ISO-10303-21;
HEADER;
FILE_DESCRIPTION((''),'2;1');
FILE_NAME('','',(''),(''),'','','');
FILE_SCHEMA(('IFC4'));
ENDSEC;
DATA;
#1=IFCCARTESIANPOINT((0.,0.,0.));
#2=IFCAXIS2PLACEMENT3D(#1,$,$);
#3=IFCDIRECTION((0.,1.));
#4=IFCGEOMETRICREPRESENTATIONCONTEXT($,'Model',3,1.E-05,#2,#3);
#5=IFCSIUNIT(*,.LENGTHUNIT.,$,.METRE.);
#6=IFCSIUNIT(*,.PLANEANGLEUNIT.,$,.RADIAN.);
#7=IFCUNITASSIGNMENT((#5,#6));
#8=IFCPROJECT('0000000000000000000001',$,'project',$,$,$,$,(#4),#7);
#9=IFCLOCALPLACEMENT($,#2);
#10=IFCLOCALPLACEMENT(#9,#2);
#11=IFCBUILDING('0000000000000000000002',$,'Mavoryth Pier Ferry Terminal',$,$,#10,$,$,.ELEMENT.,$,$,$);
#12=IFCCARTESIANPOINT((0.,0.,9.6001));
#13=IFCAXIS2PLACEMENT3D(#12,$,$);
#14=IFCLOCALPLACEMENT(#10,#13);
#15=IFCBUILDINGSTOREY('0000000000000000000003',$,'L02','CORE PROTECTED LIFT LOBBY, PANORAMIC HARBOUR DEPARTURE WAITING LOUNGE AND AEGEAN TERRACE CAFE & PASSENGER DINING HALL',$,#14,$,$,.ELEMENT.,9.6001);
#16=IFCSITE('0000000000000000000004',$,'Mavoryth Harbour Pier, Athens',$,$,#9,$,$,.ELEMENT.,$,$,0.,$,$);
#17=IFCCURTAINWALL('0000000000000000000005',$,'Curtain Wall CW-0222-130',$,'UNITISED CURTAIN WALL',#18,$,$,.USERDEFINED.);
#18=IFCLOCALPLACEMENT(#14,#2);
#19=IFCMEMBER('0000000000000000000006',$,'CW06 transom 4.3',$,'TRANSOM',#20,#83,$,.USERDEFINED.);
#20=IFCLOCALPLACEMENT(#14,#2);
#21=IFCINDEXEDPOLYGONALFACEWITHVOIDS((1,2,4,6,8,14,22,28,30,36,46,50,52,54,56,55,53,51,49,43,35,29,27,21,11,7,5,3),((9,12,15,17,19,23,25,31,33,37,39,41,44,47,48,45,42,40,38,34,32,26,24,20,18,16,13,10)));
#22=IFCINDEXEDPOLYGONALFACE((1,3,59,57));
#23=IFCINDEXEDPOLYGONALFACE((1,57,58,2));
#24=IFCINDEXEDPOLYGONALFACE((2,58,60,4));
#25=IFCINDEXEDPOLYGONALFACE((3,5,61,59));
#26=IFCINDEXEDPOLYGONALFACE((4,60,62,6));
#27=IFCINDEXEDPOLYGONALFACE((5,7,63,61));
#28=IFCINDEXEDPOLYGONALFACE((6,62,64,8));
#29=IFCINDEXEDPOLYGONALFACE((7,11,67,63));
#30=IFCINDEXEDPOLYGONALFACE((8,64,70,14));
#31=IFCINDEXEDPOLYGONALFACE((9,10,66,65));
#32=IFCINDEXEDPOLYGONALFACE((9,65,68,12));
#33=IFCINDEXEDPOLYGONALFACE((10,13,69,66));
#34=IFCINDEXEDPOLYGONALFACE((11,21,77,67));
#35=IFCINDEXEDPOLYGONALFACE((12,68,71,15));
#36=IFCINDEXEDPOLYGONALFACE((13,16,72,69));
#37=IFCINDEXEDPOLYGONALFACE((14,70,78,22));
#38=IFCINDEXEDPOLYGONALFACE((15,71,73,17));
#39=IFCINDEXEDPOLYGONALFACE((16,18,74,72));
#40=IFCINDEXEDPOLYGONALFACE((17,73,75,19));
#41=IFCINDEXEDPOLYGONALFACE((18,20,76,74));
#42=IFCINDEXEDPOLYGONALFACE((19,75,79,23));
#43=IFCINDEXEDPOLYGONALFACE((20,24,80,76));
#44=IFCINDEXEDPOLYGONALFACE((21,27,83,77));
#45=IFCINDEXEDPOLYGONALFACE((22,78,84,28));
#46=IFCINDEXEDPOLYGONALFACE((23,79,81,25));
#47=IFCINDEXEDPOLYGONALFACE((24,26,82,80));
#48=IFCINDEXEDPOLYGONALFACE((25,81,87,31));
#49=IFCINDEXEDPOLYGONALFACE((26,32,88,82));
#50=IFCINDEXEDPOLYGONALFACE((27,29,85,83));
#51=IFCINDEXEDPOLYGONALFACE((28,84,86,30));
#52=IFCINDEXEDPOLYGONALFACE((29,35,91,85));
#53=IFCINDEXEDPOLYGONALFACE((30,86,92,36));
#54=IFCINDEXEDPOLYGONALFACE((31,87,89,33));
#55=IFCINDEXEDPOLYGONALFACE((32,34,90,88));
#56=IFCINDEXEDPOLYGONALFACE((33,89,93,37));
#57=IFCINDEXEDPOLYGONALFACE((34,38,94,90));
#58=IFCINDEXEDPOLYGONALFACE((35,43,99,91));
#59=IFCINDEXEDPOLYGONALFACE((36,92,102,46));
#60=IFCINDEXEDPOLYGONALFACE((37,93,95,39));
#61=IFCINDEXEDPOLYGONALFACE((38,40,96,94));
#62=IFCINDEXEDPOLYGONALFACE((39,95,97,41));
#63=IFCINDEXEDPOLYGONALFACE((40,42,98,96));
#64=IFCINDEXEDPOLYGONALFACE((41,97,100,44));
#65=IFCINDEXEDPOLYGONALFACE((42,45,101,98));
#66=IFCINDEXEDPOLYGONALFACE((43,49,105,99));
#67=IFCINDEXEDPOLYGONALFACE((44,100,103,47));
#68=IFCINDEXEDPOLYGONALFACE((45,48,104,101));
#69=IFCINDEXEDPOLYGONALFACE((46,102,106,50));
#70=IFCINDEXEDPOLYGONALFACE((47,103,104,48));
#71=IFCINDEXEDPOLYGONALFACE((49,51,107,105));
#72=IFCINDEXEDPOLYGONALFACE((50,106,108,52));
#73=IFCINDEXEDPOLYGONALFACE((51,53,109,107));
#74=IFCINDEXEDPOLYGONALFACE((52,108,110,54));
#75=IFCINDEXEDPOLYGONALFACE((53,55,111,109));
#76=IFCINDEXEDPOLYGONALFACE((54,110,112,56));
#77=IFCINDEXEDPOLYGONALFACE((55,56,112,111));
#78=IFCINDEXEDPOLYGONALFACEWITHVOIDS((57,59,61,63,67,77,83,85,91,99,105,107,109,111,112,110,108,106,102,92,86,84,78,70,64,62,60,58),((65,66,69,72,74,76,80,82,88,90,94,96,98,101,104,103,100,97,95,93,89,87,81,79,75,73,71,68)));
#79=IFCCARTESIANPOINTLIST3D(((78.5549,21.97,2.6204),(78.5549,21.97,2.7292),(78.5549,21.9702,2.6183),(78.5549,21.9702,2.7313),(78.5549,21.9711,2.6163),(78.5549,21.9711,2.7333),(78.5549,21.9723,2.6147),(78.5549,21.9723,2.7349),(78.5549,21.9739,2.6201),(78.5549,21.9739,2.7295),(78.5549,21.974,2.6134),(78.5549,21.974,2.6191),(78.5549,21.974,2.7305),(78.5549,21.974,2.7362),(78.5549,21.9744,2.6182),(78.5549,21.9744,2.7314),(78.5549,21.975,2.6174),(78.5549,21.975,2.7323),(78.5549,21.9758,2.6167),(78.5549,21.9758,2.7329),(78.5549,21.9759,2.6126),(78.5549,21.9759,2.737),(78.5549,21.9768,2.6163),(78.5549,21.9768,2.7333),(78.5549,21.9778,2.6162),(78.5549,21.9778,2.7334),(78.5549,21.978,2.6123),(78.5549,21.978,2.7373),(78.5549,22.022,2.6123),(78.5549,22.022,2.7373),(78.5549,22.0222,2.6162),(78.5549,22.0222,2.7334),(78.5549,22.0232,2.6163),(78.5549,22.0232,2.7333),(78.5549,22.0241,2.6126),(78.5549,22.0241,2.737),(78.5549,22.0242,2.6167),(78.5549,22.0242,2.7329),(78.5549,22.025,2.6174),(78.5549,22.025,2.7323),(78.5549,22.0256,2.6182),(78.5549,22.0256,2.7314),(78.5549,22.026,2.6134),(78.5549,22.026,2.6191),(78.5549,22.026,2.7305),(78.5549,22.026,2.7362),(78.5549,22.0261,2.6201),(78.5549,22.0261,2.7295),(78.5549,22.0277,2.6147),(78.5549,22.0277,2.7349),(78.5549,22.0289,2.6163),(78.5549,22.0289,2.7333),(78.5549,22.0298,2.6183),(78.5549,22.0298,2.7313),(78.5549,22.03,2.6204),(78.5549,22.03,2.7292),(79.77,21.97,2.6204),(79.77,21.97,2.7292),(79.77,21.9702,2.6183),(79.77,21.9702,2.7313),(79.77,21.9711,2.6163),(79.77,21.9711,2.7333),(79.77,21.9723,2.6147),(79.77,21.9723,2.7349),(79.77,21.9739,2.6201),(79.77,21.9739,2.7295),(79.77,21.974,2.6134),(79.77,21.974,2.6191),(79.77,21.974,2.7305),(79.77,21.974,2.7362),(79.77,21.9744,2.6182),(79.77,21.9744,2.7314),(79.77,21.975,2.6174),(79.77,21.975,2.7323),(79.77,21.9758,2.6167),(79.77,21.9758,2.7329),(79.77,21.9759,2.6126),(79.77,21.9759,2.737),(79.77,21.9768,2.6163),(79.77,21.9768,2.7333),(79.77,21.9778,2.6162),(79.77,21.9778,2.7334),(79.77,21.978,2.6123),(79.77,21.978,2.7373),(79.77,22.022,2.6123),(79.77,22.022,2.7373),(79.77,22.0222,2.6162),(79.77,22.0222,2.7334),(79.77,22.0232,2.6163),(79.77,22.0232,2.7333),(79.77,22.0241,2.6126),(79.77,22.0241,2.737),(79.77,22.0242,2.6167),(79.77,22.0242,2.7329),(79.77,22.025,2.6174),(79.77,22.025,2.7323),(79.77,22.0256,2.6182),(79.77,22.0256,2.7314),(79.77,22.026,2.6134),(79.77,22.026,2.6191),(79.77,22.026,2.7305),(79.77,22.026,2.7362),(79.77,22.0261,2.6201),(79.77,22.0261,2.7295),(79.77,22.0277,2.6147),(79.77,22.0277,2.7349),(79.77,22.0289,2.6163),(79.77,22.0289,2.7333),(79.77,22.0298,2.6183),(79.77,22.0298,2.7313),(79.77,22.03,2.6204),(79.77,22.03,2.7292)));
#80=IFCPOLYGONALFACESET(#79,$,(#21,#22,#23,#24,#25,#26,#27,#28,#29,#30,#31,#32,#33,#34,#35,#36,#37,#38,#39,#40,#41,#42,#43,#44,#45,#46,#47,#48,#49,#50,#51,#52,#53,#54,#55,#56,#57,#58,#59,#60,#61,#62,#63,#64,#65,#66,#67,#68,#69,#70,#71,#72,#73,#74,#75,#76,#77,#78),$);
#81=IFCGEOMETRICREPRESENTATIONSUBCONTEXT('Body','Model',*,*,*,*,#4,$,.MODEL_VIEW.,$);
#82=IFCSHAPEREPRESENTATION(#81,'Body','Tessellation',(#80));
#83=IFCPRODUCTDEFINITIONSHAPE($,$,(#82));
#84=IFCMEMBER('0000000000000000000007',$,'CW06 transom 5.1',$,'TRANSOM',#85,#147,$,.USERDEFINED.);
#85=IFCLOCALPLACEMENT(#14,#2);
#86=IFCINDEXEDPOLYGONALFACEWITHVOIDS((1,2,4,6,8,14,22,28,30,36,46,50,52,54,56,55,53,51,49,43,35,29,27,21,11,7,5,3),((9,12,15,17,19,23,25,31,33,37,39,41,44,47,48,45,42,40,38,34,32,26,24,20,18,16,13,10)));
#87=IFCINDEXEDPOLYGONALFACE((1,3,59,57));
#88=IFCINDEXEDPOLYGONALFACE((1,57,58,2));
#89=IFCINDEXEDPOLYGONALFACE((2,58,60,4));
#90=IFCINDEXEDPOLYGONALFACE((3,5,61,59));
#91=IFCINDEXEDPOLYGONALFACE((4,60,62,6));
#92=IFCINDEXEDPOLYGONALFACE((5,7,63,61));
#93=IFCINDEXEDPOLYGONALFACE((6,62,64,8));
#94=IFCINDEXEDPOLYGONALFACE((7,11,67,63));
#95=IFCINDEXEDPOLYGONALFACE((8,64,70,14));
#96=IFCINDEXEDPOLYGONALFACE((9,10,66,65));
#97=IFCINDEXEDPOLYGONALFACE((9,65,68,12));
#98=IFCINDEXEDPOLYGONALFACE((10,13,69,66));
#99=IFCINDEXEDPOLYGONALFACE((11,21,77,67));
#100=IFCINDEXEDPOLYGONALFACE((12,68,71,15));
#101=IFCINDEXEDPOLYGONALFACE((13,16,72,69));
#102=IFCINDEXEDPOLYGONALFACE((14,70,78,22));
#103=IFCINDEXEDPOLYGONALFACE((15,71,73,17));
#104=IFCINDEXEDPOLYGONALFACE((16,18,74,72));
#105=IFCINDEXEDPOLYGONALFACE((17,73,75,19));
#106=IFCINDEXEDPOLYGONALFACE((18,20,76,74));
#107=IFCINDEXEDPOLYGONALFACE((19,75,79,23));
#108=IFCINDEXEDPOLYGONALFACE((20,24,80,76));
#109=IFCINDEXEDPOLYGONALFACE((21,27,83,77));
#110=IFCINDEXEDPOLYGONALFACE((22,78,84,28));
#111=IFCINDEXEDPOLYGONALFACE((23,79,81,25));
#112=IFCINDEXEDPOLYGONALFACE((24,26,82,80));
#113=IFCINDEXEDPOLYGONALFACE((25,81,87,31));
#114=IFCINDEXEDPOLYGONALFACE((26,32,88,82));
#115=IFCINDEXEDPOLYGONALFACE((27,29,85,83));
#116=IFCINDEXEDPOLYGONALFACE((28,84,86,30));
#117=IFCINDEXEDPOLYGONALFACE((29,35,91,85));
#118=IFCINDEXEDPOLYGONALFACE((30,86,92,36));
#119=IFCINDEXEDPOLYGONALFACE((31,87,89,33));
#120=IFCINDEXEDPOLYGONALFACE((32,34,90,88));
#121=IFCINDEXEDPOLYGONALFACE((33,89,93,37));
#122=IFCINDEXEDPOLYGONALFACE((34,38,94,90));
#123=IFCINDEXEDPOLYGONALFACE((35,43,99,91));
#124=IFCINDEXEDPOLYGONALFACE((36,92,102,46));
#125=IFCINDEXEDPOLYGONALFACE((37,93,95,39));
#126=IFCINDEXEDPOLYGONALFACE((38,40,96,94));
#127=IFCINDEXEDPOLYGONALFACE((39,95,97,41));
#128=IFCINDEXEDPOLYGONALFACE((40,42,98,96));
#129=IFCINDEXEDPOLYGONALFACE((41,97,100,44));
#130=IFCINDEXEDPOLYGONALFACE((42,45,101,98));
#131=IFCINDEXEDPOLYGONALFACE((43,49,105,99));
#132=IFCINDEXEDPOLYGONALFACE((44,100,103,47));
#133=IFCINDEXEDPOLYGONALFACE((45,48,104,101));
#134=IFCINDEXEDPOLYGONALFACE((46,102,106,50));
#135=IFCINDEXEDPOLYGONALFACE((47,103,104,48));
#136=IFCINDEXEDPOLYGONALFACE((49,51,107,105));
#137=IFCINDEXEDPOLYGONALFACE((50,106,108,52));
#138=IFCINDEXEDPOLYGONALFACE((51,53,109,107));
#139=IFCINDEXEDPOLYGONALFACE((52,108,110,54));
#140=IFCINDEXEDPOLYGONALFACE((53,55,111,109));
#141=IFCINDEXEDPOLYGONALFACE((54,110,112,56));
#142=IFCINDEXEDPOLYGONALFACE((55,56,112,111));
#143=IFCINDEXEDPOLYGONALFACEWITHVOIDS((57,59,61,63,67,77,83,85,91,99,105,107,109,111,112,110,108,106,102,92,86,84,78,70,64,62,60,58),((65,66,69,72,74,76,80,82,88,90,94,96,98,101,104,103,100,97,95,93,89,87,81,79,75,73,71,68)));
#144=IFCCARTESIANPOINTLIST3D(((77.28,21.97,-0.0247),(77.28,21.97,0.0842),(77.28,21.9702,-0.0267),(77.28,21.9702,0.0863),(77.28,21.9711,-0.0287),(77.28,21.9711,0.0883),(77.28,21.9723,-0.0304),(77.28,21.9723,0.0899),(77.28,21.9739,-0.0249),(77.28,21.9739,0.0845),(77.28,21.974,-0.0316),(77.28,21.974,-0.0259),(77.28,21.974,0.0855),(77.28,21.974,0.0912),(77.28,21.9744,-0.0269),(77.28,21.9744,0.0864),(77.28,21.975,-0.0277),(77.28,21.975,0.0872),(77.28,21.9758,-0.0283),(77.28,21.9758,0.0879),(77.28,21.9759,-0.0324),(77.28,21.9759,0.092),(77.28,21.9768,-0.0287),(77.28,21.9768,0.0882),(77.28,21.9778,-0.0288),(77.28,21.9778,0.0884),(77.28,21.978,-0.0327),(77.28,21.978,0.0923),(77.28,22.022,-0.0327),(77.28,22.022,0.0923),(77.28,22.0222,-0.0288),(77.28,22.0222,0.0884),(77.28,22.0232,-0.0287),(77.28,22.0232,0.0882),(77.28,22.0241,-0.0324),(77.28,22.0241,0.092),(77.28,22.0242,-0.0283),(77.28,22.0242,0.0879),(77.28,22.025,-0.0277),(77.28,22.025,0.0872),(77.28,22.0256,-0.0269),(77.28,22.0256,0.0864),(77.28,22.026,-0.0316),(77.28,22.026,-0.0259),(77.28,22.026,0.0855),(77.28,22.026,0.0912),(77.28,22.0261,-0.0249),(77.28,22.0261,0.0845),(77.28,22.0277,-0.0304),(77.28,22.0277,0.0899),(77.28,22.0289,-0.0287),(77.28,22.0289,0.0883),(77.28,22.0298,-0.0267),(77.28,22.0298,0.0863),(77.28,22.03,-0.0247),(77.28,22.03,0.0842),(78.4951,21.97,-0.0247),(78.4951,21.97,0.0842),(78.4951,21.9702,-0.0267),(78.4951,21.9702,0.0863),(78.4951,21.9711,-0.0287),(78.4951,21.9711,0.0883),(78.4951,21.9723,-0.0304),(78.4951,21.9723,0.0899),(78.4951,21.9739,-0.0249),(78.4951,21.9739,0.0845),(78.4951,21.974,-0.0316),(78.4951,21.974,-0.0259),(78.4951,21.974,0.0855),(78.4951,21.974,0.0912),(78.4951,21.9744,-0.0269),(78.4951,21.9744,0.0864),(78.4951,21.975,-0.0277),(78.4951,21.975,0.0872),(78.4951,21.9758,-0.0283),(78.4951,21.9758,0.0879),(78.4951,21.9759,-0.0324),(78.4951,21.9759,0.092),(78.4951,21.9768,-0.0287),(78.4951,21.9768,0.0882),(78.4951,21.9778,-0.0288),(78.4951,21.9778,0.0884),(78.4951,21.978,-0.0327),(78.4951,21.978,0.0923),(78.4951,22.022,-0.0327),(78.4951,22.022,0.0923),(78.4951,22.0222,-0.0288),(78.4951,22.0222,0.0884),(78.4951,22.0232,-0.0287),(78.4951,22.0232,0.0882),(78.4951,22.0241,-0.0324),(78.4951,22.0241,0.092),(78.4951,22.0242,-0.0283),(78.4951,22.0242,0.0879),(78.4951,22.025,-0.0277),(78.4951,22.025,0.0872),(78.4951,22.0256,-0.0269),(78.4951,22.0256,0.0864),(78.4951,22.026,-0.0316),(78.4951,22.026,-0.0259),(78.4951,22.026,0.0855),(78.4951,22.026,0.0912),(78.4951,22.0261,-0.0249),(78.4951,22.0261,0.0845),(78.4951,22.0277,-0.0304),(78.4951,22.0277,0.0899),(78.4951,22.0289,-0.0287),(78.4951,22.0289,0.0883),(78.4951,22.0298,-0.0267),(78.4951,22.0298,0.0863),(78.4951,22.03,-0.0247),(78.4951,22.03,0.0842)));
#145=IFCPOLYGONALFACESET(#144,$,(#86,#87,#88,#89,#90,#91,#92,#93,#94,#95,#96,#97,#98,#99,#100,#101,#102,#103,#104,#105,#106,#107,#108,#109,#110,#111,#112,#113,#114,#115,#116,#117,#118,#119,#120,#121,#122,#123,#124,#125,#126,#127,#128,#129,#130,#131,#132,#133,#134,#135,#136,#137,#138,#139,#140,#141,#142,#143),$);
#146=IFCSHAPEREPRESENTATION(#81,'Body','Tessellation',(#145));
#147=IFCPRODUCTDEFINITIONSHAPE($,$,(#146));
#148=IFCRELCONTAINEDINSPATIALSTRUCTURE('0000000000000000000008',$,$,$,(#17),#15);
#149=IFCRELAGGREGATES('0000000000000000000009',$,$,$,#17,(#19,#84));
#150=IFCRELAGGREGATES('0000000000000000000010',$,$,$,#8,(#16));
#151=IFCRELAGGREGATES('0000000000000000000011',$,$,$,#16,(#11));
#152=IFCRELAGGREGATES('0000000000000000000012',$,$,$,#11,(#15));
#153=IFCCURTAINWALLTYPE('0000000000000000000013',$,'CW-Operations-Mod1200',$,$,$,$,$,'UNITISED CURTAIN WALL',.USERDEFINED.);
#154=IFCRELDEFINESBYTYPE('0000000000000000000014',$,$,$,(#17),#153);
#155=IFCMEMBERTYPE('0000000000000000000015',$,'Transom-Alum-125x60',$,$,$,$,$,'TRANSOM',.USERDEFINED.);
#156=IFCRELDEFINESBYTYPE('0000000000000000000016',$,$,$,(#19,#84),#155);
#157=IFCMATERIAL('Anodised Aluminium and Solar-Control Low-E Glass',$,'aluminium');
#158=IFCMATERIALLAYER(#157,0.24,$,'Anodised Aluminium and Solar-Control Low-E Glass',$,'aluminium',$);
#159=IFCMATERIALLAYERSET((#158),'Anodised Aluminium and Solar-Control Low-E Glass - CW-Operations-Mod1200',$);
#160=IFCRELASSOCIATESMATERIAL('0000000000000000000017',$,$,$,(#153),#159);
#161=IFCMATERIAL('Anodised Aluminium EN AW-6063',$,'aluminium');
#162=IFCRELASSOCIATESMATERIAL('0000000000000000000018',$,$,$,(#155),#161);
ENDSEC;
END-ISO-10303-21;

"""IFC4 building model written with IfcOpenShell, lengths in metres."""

from ifc_helpers import new_model, si_unit, direction, frame, origin, origin_2d, place, context, subcontext, project, spatial, hollow_rectangle, extrude, material, layer, layer_set, material_profile, profile_set, type_object, element, aggregate, save


model = new_model("IFC4")

# Units and contexts
model_context = context("Model", 3, precision=1e-05, world=origin(), true_north=direction((0.0, 1.0)))
body_context = subcontext(model_context, "Body", "Model", "MODEL_VIEW")
ifc_project = project(units=[si_unit("LENGTHUNIT", "METRE"), si_unit("PLANEANGLEUNIT", "RADIAN")], contexts=[model_context])

# Site, building, storey
site_placement = place(None, origin())
site = spatial("IfcSite", under=ifc_project, at=site_placement, Name="Mavoryth Harbour Pier, Athens", CompositionType="ELEMENT", RefElevation=0.0)
building_placement = place(site_placement, origin())
building = spatial("IfcBuilding", under=site, at=building_placement, Name="Mavoryth Pier Ferry Terminal", CompositionType="ELEMENT")
storey_placement = place(building_placement, frame((0.0, 0.0, 9.6001)))
storey = spatial("IfcBuildingStorey", under=building, at=storey_placement, Name="L02", Description="CORE PROTECTED LIFT LOBBY, PANORAMIC HARBOUR DEPARTURE WAITING LOUNGE AND AEGEAN TERRACE CAFE & PASSENGER DINING HALL", CompositionType="ELEMENT", Elevation=9.6001)

# Curtain wall
ifc_material_1 = material(Name="Anodised Aluminium and Solar-Control Low-E Glass", Category="aluminium")
ifc_layer_1 = layer(ifc_material_1, 0.24, Name="Anodised Aluminium and Solar-Control Low-E Glass", Category="aluminium")
ifc_layer_set_1 = layer_set([ifc_layer_1], Name="Anodised Aluminium and Solar-Control Low-E Glass - CW-Operations-Mod1200")
curtain_wall_type = type_object("IfcCurtainWallType", Name="CW-Operations-Mod1200", ElementType="UNITISED CURTAIN WALL", PredefinedType="USERDEFINED", material=ifc_layer_set_1)
ifc_material_2 = material(Name="Anodised Aluminium EN AW-6063", Category="aluminium")
curtain_wall_1_placement = place(storey_placement, origin())
curtain_wall_1 = element("IfcCurtainWall", 1, at=curtain_wall_1_placement, inside=storey, type_object=curtain_wall_type, Name="Curtain Wall CW-0222-130", ObjectType="UNITISED CURTAIN WALL", PredefinedType="USERDEFINED")

# Members
ifc_material_profile_1 = material_profile(ifc_material_2, hollow_rectangle(XDim=0.0601, YDim=0.125, WallThickness=0.0039, InnerFilletRadius=0.0039, OuterFilletRadius=0.0081, at=origin_2d()), Name="AL-TRAN 125x60x4", Category="aluminium")
ifc_profile_set_1 = profile_set([ifc_material_profile_1], Name="Anodised Aluminium EN AW-6063 - AL-TRAN 125x60x4")
member_type_1 = type_object("IfcMemberType", Name="Transom-Alum-125x60", ElementType="TRANSOM", PredefinedType="USERDEFINED", material=ifc_profile_set_1)
member_1_placement = place(storey_placement, frame((79.77, 22.0, 2.6748), z_axis=(-1.0, 0.0, 0.0), x_axis=(0.0, -1.0, 0.0)))
member_1 = element("IfcMember", 2, at=member_1_placement, type_object=member_type_1, Name="CW06 transom 4.3", ObjectType="TRANSOM", PredefinedType="USERDEFINED", context=body_context, shape_type="SweptSolid", body=[
    extrude(hollow_rectangle(XDim=0.0601, YDim=0.125, WallThickness=0.0039, InnerFilletRadius=0.0039, OuterFilletRadius=0.0081, at=origin_2d()), origin(), (0.0, 0.0, 1.0), 1.2151),
])
member_2_placement = place(storey_placement, frame((78.4951, 22.0, 0.0298), z_axis=(-1.0, 0.0, 0.0), x_axis=(0.0, -1.0, 0.0)))
member_2 = element("IfcMember", 3, at=member_2_placement, type_object=member_type_1, Name="CW06 transom 5.1", ObjectType="TRANSOM", PredefinedType="USERDEFINED", context=body_context, shape_type="SweptSolid", body=[
    extrude(hollow_rectangle(XDim=0.0601, YDim=0.125, WallThickness=0.0039, InnerFilletRadius=0.0039, OuterFilletRadius=0.0081, at=origin_2d()), origin(), (0.0, 0.0, 1.0), 1.2151),
])

aggregate(curtain_wall_1, [member_1, member_2])

save(model, "model.ifc")
